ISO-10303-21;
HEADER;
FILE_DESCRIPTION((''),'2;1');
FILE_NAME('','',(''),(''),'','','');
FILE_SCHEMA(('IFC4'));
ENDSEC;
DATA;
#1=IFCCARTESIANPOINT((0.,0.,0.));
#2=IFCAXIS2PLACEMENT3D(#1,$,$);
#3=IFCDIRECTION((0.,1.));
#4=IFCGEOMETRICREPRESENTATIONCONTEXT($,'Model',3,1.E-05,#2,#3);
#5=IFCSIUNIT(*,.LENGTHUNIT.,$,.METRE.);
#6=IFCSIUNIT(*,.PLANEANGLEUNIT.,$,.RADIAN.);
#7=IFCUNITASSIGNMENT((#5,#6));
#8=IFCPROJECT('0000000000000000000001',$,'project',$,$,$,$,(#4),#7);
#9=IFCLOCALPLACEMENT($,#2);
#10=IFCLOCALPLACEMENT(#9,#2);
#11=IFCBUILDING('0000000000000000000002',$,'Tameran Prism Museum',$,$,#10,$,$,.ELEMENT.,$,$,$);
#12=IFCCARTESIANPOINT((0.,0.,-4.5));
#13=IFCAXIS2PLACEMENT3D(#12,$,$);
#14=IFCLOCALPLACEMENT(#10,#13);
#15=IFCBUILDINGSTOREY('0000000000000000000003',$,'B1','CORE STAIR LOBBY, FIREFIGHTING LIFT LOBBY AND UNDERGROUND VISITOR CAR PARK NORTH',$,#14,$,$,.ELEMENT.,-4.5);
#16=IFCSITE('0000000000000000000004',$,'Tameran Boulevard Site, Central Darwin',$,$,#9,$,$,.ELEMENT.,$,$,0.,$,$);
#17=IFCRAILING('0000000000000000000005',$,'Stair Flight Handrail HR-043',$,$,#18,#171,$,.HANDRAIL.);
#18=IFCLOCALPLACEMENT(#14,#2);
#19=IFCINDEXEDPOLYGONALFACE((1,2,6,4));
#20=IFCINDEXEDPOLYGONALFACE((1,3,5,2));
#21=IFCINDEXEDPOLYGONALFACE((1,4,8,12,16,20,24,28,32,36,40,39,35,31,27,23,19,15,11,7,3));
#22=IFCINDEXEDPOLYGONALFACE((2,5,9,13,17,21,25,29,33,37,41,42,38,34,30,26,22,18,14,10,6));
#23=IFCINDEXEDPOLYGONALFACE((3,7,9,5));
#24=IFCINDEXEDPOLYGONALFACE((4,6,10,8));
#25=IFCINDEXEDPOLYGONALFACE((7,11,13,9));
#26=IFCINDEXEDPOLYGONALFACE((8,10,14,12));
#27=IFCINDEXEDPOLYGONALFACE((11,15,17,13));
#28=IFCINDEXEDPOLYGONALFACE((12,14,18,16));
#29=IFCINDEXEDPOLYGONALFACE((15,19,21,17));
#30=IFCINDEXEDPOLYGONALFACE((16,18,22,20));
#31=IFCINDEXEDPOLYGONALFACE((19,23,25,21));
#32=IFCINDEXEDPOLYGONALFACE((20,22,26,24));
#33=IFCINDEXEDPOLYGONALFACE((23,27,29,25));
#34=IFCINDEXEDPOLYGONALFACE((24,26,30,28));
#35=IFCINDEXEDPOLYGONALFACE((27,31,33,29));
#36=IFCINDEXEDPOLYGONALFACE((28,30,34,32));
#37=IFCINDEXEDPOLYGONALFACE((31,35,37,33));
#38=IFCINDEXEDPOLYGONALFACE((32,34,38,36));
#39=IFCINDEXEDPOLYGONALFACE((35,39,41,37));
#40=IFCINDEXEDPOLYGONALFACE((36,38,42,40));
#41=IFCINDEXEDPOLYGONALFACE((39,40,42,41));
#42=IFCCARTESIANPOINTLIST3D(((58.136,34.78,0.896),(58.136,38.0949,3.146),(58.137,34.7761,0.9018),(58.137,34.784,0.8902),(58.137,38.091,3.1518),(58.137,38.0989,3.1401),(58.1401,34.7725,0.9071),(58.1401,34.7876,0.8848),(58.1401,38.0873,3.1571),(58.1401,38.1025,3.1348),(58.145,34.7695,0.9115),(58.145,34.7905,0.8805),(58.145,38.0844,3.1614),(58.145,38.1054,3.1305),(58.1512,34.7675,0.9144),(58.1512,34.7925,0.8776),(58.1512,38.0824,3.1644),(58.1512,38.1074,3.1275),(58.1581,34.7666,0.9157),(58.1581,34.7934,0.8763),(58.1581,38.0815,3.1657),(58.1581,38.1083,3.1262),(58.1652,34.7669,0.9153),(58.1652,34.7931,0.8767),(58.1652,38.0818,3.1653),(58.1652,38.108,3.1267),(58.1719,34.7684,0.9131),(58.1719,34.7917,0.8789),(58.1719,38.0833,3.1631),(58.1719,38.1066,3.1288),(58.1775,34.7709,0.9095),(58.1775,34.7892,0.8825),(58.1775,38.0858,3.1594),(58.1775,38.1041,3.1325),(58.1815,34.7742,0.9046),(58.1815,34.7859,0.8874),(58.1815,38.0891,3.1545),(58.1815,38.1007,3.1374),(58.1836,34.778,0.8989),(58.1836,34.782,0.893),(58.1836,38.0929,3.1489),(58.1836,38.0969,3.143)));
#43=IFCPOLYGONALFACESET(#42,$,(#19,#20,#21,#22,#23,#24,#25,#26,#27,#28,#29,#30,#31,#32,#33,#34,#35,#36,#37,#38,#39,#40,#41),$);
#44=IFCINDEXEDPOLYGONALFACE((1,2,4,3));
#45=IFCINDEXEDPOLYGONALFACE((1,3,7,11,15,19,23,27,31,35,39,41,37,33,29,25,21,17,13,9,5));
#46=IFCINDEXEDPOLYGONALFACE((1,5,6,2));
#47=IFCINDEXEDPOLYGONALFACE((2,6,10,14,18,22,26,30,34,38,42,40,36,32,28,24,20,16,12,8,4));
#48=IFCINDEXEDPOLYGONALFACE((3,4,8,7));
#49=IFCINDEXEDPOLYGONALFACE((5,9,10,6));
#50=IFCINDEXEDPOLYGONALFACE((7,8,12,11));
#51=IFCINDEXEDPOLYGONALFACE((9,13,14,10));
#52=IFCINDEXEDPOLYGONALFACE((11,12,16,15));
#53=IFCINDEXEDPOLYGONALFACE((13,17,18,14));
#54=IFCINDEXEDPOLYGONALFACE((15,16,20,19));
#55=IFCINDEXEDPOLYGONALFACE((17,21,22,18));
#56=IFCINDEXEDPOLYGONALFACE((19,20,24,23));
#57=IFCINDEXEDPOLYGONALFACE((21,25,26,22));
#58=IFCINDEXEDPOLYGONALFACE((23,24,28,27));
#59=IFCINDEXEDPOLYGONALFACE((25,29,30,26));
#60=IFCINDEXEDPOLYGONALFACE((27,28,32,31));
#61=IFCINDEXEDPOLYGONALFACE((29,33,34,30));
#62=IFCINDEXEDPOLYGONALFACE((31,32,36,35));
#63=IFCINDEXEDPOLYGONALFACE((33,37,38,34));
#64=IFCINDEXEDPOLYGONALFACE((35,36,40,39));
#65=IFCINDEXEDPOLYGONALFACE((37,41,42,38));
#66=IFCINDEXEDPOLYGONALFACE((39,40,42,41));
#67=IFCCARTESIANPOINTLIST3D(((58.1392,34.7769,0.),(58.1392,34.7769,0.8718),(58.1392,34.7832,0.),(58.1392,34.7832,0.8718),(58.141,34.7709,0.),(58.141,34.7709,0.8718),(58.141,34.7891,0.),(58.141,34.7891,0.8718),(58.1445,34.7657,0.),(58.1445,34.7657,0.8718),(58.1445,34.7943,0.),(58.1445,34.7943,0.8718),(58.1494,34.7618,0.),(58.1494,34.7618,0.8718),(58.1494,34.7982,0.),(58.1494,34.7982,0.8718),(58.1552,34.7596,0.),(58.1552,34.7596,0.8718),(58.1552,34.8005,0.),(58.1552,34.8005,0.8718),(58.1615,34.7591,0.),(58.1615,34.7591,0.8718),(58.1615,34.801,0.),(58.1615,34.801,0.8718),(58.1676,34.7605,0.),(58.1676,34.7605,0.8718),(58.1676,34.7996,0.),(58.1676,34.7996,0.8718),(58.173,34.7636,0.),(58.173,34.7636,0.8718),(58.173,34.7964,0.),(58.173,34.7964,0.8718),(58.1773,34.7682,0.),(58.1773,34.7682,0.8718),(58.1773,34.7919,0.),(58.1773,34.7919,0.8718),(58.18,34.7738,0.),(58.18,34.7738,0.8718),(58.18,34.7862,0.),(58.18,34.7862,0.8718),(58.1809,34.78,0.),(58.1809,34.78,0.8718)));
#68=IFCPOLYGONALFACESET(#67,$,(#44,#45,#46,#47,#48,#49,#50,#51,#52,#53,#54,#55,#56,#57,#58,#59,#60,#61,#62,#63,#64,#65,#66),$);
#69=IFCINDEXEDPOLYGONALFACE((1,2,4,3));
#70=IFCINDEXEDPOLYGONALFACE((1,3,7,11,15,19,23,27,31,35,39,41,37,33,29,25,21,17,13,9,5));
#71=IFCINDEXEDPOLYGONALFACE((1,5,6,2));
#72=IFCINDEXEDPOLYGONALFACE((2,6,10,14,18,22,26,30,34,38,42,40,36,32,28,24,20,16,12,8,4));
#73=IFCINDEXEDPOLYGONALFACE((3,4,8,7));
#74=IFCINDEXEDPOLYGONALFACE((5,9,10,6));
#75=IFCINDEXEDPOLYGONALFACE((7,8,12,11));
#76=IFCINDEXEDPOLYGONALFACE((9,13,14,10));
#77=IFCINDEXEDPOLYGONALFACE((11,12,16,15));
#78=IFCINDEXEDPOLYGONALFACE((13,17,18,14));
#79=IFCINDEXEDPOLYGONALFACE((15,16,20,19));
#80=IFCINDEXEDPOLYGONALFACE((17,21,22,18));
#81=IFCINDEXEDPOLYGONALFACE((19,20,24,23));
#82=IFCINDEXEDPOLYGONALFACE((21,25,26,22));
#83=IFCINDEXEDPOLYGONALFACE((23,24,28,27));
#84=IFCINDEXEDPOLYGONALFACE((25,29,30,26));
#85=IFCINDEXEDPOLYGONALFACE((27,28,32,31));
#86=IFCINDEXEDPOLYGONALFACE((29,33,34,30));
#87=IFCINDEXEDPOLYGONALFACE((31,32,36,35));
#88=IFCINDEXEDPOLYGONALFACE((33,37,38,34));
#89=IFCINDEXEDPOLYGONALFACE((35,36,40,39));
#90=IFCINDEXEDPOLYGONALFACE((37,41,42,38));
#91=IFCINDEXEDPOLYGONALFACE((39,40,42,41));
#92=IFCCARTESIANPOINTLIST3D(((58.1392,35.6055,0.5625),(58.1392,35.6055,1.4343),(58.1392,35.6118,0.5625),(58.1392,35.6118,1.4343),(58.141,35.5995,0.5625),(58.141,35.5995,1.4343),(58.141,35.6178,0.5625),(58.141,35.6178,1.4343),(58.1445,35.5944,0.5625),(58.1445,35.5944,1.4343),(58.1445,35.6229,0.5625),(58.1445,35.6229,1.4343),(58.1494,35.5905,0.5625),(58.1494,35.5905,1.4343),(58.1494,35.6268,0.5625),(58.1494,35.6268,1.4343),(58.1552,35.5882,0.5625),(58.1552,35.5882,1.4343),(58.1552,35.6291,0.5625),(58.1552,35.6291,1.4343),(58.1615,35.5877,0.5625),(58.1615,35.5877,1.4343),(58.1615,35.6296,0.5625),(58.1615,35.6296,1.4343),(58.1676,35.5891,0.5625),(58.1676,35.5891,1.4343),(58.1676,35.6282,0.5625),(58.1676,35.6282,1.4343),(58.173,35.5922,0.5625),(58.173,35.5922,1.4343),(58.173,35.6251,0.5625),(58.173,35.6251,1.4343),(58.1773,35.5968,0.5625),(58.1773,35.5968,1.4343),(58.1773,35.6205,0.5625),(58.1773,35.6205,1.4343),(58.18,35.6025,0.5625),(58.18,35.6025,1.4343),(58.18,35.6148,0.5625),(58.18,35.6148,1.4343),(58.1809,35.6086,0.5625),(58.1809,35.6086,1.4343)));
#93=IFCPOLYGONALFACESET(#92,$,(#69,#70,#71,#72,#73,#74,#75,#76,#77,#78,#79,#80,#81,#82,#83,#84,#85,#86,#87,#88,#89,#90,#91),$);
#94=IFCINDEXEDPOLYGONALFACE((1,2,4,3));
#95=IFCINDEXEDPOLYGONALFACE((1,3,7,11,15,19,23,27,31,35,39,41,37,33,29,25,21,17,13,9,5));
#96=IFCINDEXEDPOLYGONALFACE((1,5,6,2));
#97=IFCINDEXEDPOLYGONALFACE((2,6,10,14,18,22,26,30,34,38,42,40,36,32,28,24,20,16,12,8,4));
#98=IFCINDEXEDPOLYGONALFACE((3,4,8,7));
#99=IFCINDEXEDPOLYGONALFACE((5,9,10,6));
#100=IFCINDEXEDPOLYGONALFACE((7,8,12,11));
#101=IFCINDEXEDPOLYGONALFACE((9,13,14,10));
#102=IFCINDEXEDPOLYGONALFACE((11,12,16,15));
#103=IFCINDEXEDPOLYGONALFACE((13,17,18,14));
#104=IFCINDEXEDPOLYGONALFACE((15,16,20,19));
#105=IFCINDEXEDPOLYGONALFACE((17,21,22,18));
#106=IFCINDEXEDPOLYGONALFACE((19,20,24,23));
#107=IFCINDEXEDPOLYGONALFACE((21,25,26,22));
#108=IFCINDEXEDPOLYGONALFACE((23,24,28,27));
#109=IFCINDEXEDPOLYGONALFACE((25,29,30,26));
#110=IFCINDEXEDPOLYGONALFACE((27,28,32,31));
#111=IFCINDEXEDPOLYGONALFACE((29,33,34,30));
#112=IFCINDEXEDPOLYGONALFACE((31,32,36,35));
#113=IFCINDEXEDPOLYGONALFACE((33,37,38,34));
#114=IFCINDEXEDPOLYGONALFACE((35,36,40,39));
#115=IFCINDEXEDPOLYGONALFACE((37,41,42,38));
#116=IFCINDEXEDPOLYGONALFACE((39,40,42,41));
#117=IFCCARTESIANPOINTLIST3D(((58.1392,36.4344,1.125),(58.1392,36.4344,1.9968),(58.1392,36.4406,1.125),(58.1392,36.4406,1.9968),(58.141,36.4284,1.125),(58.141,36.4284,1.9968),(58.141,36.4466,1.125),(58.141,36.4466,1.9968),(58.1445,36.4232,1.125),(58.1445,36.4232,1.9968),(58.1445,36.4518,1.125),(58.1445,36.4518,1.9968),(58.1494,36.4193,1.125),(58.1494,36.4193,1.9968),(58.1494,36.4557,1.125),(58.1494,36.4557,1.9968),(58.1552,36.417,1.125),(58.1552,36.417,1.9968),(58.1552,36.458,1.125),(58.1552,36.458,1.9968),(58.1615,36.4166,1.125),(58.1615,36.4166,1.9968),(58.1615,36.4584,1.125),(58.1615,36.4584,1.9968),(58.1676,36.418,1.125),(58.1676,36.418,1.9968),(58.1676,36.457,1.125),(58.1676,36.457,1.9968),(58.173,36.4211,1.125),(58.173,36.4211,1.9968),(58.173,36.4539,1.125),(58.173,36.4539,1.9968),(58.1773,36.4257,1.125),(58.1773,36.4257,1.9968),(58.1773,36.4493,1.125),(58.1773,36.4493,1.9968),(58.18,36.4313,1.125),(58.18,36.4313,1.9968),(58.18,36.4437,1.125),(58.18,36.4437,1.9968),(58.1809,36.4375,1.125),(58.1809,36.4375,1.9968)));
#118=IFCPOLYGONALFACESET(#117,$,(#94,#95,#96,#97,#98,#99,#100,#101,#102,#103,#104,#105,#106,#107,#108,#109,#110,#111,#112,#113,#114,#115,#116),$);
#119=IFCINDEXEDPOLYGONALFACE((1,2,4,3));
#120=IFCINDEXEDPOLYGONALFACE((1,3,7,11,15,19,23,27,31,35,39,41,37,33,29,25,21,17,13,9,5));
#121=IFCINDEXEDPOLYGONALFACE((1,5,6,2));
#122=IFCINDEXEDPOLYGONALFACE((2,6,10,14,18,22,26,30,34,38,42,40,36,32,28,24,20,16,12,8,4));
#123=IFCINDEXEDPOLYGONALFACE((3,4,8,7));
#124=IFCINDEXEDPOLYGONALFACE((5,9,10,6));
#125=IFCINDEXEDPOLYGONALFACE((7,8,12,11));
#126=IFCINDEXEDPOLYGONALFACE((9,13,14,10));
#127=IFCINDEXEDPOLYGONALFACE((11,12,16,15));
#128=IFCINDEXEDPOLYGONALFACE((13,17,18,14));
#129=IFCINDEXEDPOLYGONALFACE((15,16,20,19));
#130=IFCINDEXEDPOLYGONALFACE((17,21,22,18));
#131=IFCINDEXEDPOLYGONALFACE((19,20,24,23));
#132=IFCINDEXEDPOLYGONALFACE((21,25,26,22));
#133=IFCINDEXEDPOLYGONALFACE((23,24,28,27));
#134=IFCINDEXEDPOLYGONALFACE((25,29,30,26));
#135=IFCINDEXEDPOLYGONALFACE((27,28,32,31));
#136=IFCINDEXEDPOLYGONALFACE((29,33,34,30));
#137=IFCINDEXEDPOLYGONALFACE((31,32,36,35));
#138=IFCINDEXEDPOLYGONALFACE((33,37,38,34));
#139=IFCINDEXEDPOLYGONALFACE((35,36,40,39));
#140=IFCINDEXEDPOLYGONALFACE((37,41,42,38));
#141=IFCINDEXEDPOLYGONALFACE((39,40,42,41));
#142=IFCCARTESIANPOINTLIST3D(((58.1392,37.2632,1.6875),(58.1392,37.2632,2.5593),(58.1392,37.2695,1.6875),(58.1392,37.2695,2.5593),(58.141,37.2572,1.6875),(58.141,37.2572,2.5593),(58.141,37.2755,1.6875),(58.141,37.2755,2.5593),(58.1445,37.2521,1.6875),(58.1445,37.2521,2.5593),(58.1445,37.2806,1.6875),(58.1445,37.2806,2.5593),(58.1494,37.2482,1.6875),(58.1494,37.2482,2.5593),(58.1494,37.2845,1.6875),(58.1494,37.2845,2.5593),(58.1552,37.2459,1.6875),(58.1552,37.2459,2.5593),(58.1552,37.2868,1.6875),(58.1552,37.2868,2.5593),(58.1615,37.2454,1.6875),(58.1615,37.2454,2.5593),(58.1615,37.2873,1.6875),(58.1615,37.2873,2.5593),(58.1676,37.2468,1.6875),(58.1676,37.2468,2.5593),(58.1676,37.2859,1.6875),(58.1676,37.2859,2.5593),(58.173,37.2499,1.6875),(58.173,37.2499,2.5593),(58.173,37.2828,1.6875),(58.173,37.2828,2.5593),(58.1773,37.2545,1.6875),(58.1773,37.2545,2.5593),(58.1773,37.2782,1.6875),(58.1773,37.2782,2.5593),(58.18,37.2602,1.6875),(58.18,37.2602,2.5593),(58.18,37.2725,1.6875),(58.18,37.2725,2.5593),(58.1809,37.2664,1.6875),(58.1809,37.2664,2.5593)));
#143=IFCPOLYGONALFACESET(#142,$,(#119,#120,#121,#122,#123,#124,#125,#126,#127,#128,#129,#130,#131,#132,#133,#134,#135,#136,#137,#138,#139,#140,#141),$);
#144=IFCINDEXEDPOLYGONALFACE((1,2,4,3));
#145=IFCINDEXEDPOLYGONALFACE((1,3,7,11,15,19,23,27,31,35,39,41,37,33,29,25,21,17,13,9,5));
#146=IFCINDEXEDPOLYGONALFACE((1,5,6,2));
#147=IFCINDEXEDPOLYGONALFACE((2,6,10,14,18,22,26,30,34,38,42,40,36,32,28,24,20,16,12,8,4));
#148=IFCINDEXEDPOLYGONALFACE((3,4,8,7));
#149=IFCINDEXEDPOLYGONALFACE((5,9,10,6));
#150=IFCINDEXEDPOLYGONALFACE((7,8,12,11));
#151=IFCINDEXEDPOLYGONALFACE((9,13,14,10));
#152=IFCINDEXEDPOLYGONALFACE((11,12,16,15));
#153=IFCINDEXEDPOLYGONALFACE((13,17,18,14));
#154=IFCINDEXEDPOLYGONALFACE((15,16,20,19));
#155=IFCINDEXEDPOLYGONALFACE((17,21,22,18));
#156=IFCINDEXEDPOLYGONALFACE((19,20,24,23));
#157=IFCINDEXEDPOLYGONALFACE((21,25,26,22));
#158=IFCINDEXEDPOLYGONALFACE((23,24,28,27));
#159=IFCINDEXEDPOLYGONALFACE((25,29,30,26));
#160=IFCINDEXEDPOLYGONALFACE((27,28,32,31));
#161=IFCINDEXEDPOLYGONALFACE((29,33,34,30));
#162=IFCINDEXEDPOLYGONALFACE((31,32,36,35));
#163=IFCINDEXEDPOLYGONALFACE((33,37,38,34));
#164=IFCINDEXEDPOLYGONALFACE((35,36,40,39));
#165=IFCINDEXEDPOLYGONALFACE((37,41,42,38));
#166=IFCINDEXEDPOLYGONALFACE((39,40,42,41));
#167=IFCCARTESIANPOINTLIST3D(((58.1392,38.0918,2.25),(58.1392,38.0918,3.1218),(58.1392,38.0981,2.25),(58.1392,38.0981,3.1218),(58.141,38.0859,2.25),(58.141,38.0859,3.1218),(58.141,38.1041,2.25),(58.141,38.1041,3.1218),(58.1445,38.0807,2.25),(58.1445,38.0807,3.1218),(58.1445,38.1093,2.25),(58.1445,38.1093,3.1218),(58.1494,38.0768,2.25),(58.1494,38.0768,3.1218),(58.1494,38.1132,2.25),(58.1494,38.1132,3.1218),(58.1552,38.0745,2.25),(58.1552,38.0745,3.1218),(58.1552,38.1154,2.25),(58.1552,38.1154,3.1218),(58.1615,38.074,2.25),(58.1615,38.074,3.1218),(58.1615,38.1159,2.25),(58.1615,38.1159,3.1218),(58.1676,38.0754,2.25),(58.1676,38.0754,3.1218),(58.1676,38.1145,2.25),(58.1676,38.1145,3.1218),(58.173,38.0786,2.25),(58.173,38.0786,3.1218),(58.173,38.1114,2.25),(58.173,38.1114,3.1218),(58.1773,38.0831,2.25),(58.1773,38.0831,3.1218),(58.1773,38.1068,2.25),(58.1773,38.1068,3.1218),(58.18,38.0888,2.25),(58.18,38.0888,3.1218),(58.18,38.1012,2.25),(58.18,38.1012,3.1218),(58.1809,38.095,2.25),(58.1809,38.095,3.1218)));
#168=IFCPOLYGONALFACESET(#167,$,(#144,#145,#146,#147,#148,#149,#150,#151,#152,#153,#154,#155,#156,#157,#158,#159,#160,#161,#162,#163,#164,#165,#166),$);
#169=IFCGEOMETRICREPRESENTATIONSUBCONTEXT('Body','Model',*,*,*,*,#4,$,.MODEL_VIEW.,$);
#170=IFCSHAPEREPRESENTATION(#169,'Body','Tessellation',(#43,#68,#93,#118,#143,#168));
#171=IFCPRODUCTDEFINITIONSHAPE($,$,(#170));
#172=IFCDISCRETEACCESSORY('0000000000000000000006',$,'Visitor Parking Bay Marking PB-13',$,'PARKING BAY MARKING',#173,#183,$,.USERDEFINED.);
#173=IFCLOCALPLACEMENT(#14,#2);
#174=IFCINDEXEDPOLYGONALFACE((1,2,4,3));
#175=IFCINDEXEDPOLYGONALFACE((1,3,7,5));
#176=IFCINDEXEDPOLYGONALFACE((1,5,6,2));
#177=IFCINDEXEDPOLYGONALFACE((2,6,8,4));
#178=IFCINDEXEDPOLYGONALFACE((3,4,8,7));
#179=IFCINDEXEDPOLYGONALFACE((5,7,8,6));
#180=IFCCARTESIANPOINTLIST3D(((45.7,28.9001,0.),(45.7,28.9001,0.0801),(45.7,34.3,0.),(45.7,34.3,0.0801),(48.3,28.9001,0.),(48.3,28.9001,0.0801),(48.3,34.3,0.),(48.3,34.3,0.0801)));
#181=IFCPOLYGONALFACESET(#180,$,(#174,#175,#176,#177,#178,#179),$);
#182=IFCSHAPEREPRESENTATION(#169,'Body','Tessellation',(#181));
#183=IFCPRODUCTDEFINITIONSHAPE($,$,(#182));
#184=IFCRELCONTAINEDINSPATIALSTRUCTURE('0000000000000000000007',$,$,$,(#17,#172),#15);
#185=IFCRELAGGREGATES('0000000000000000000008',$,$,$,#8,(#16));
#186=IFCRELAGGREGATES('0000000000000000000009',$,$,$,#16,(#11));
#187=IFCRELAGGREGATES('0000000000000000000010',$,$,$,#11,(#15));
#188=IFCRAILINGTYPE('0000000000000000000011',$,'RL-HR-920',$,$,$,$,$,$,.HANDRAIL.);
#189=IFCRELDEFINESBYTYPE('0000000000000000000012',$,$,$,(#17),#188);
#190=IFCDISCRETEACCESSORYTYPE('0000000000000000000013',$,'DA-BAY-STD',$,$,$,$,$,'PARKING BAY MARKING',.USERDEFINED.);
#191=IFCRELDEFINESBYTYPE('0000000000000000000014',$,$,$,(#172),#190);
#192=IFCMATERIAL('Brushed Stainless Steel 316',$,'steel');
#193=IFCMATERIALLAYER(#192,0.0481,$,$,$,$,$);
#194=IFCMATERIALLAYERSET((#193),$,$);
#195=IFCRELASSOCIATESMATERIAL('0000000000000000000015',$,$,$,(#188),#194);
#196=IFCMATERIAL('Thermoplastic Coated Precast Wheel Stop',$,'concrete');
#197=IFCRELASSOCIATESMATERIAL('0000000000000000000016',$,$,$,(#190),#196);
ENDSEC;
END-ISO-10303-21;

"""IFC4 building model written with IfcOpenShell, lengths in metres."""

from ifc_helpers import new_model, si_unit, direction, frame, origin, origin_2d, place, context, subcontext, project, spatial, rectangle, circle, extrude, material, layer, layer_set, type_object, element, save


model = new_model("IFC4")

# Units and contexts
model_context = context("Model", 3, precision=1e-05, world=origin(), true_north=direction((0.0, 1.0)))
body_context = subcontext(model_context, "Body", "Model", "MODEL_VIEW")
ifc_project = project(units=[si_unit("LENGTHUNIT", "METRE"), si_unit("PLANEANGLEUNIT", "RADIAN")], contexts=[model_context])

# Site, building, storey
site_placement = place(None, origin())
site = spatial("IfcSite", under=ifc_project, at=site_placement, Name="Tameran Boulevard Site, Central Darwin", CompositionType="ELEMENT", RefElevation=0.0)
building_placement = place(site_placement, origin())
building = spatial("IfcBuilding", under=site, at=building_placement, Name="Tameran Prism Museum", CompositionType="ELEMENT")
storey_placement = place(building_placement, frame((0.0, 0.0, -4.5)))
storey = spatial("IfcBuildingStorey", under=building, at=storey_placement, Name="B1", Description="CORE STAIR LOBBY, FIREFIGHTING LIFT LOBBY AND UNDERGROUND VISITOR CAR PARK NORTH", CompositionType="ELEMENT", Elevation=-4.5)

# Railing
ifc_material_1 = material(Name="Brushed Stainless Steel 316", Category="steel")
ifc_layer_1 = layer(ifc_material_1, 0.0481)
ifc_layer_set_1 = layer_set([ifc_layer_1])
railing_type_1 = type_object("IfcRailingType", Name="RL-HR-920", PredefinedType="HANDRAIL", material=ifc_layer_set_1)
railing_1_placement = place(storey_placement, frame((58.1599, 34.78, 0.0)))
element("IfcRailing", 1, at=railing_1_placement, inside=storey, type_object=railing_type_1, Name="Stair Flight Handrail HR-043", PredefinedType="HANDRAIL", context=body_context, shape_type="SweptSolid", body=[
    extrude(circle(Radius=0.0239, at=origin_2d()), frame((0.0, 0.0, 0.896), z_axis=(0.0, 0.827409, 0.5616), x_axis=(-1.0, 0.0, 0.0)), (0.0, 0.0, 1.0), 4.0063),
    extrude(circle(Radius=0.021, at=origin_2d()), origin(), (0.0, 0.0, 1.0), 0.8718),
    extrude(circle(Radius=0.021, at=origin_2d()), frame((0.0, 0.8286, 0.5625)), (0.0, 0.0, 1.0), 0.8718),
    extrude(circle(Radius=0.021, at=origin_2d()), frame((0.0, 1.6575, 1.125)), (0.0, 0.0, 1.0), 0.8718),
    extrude(circle(Radius=0.021, at=origin_2d()), frame((0.0, 2.4863, 1.6875)), (0.0, 0.0, 1.0), 0.8718),
    extrude(circle(Radius=0.021, at=origin_2d()), frame((0.0, 3.3149, 2.25)), (0.0, 0.0, 1.0), 0.8718),
])

# Discrete accessory
ifc_material_2 = material(Name="Thermoplastic Coated Precast Wheel Stop", Category="concrete")
discrete_accessory_type = type_object("IfcDiscreteAccessoryType", Name="DA-BAY-STD", ElementType="PARKING BAY MARKING", PredefinedType="USERDEFINED", material=ifc_material_2)
discrete_accessory_placement = place(storey_placement, frame((47.0, 31.6001, 0.0), z_axis=(0.0, 0.0, 1.0), x_axis=(1.0, 0.0, 0.0)))
element("IfcDiscreteAccessory", 2, at=discrete_accessory_placement, inside=storey, type_object=discrete_accessory_type, Name="Visitor Parking Bay Marking PB-13", ObjectType="PARKING BAY MARKING", PredefinedType="USERDEFINED", context=body_context, shape_type="SweptSolid", body=[
    extrude(rectangle(XDim=2.6001, YDim=5.3999, at=origin_2d()), origin(), (0.0, 0.0, 1.0), 0.0801),
])

save(model, "model.ifc")
